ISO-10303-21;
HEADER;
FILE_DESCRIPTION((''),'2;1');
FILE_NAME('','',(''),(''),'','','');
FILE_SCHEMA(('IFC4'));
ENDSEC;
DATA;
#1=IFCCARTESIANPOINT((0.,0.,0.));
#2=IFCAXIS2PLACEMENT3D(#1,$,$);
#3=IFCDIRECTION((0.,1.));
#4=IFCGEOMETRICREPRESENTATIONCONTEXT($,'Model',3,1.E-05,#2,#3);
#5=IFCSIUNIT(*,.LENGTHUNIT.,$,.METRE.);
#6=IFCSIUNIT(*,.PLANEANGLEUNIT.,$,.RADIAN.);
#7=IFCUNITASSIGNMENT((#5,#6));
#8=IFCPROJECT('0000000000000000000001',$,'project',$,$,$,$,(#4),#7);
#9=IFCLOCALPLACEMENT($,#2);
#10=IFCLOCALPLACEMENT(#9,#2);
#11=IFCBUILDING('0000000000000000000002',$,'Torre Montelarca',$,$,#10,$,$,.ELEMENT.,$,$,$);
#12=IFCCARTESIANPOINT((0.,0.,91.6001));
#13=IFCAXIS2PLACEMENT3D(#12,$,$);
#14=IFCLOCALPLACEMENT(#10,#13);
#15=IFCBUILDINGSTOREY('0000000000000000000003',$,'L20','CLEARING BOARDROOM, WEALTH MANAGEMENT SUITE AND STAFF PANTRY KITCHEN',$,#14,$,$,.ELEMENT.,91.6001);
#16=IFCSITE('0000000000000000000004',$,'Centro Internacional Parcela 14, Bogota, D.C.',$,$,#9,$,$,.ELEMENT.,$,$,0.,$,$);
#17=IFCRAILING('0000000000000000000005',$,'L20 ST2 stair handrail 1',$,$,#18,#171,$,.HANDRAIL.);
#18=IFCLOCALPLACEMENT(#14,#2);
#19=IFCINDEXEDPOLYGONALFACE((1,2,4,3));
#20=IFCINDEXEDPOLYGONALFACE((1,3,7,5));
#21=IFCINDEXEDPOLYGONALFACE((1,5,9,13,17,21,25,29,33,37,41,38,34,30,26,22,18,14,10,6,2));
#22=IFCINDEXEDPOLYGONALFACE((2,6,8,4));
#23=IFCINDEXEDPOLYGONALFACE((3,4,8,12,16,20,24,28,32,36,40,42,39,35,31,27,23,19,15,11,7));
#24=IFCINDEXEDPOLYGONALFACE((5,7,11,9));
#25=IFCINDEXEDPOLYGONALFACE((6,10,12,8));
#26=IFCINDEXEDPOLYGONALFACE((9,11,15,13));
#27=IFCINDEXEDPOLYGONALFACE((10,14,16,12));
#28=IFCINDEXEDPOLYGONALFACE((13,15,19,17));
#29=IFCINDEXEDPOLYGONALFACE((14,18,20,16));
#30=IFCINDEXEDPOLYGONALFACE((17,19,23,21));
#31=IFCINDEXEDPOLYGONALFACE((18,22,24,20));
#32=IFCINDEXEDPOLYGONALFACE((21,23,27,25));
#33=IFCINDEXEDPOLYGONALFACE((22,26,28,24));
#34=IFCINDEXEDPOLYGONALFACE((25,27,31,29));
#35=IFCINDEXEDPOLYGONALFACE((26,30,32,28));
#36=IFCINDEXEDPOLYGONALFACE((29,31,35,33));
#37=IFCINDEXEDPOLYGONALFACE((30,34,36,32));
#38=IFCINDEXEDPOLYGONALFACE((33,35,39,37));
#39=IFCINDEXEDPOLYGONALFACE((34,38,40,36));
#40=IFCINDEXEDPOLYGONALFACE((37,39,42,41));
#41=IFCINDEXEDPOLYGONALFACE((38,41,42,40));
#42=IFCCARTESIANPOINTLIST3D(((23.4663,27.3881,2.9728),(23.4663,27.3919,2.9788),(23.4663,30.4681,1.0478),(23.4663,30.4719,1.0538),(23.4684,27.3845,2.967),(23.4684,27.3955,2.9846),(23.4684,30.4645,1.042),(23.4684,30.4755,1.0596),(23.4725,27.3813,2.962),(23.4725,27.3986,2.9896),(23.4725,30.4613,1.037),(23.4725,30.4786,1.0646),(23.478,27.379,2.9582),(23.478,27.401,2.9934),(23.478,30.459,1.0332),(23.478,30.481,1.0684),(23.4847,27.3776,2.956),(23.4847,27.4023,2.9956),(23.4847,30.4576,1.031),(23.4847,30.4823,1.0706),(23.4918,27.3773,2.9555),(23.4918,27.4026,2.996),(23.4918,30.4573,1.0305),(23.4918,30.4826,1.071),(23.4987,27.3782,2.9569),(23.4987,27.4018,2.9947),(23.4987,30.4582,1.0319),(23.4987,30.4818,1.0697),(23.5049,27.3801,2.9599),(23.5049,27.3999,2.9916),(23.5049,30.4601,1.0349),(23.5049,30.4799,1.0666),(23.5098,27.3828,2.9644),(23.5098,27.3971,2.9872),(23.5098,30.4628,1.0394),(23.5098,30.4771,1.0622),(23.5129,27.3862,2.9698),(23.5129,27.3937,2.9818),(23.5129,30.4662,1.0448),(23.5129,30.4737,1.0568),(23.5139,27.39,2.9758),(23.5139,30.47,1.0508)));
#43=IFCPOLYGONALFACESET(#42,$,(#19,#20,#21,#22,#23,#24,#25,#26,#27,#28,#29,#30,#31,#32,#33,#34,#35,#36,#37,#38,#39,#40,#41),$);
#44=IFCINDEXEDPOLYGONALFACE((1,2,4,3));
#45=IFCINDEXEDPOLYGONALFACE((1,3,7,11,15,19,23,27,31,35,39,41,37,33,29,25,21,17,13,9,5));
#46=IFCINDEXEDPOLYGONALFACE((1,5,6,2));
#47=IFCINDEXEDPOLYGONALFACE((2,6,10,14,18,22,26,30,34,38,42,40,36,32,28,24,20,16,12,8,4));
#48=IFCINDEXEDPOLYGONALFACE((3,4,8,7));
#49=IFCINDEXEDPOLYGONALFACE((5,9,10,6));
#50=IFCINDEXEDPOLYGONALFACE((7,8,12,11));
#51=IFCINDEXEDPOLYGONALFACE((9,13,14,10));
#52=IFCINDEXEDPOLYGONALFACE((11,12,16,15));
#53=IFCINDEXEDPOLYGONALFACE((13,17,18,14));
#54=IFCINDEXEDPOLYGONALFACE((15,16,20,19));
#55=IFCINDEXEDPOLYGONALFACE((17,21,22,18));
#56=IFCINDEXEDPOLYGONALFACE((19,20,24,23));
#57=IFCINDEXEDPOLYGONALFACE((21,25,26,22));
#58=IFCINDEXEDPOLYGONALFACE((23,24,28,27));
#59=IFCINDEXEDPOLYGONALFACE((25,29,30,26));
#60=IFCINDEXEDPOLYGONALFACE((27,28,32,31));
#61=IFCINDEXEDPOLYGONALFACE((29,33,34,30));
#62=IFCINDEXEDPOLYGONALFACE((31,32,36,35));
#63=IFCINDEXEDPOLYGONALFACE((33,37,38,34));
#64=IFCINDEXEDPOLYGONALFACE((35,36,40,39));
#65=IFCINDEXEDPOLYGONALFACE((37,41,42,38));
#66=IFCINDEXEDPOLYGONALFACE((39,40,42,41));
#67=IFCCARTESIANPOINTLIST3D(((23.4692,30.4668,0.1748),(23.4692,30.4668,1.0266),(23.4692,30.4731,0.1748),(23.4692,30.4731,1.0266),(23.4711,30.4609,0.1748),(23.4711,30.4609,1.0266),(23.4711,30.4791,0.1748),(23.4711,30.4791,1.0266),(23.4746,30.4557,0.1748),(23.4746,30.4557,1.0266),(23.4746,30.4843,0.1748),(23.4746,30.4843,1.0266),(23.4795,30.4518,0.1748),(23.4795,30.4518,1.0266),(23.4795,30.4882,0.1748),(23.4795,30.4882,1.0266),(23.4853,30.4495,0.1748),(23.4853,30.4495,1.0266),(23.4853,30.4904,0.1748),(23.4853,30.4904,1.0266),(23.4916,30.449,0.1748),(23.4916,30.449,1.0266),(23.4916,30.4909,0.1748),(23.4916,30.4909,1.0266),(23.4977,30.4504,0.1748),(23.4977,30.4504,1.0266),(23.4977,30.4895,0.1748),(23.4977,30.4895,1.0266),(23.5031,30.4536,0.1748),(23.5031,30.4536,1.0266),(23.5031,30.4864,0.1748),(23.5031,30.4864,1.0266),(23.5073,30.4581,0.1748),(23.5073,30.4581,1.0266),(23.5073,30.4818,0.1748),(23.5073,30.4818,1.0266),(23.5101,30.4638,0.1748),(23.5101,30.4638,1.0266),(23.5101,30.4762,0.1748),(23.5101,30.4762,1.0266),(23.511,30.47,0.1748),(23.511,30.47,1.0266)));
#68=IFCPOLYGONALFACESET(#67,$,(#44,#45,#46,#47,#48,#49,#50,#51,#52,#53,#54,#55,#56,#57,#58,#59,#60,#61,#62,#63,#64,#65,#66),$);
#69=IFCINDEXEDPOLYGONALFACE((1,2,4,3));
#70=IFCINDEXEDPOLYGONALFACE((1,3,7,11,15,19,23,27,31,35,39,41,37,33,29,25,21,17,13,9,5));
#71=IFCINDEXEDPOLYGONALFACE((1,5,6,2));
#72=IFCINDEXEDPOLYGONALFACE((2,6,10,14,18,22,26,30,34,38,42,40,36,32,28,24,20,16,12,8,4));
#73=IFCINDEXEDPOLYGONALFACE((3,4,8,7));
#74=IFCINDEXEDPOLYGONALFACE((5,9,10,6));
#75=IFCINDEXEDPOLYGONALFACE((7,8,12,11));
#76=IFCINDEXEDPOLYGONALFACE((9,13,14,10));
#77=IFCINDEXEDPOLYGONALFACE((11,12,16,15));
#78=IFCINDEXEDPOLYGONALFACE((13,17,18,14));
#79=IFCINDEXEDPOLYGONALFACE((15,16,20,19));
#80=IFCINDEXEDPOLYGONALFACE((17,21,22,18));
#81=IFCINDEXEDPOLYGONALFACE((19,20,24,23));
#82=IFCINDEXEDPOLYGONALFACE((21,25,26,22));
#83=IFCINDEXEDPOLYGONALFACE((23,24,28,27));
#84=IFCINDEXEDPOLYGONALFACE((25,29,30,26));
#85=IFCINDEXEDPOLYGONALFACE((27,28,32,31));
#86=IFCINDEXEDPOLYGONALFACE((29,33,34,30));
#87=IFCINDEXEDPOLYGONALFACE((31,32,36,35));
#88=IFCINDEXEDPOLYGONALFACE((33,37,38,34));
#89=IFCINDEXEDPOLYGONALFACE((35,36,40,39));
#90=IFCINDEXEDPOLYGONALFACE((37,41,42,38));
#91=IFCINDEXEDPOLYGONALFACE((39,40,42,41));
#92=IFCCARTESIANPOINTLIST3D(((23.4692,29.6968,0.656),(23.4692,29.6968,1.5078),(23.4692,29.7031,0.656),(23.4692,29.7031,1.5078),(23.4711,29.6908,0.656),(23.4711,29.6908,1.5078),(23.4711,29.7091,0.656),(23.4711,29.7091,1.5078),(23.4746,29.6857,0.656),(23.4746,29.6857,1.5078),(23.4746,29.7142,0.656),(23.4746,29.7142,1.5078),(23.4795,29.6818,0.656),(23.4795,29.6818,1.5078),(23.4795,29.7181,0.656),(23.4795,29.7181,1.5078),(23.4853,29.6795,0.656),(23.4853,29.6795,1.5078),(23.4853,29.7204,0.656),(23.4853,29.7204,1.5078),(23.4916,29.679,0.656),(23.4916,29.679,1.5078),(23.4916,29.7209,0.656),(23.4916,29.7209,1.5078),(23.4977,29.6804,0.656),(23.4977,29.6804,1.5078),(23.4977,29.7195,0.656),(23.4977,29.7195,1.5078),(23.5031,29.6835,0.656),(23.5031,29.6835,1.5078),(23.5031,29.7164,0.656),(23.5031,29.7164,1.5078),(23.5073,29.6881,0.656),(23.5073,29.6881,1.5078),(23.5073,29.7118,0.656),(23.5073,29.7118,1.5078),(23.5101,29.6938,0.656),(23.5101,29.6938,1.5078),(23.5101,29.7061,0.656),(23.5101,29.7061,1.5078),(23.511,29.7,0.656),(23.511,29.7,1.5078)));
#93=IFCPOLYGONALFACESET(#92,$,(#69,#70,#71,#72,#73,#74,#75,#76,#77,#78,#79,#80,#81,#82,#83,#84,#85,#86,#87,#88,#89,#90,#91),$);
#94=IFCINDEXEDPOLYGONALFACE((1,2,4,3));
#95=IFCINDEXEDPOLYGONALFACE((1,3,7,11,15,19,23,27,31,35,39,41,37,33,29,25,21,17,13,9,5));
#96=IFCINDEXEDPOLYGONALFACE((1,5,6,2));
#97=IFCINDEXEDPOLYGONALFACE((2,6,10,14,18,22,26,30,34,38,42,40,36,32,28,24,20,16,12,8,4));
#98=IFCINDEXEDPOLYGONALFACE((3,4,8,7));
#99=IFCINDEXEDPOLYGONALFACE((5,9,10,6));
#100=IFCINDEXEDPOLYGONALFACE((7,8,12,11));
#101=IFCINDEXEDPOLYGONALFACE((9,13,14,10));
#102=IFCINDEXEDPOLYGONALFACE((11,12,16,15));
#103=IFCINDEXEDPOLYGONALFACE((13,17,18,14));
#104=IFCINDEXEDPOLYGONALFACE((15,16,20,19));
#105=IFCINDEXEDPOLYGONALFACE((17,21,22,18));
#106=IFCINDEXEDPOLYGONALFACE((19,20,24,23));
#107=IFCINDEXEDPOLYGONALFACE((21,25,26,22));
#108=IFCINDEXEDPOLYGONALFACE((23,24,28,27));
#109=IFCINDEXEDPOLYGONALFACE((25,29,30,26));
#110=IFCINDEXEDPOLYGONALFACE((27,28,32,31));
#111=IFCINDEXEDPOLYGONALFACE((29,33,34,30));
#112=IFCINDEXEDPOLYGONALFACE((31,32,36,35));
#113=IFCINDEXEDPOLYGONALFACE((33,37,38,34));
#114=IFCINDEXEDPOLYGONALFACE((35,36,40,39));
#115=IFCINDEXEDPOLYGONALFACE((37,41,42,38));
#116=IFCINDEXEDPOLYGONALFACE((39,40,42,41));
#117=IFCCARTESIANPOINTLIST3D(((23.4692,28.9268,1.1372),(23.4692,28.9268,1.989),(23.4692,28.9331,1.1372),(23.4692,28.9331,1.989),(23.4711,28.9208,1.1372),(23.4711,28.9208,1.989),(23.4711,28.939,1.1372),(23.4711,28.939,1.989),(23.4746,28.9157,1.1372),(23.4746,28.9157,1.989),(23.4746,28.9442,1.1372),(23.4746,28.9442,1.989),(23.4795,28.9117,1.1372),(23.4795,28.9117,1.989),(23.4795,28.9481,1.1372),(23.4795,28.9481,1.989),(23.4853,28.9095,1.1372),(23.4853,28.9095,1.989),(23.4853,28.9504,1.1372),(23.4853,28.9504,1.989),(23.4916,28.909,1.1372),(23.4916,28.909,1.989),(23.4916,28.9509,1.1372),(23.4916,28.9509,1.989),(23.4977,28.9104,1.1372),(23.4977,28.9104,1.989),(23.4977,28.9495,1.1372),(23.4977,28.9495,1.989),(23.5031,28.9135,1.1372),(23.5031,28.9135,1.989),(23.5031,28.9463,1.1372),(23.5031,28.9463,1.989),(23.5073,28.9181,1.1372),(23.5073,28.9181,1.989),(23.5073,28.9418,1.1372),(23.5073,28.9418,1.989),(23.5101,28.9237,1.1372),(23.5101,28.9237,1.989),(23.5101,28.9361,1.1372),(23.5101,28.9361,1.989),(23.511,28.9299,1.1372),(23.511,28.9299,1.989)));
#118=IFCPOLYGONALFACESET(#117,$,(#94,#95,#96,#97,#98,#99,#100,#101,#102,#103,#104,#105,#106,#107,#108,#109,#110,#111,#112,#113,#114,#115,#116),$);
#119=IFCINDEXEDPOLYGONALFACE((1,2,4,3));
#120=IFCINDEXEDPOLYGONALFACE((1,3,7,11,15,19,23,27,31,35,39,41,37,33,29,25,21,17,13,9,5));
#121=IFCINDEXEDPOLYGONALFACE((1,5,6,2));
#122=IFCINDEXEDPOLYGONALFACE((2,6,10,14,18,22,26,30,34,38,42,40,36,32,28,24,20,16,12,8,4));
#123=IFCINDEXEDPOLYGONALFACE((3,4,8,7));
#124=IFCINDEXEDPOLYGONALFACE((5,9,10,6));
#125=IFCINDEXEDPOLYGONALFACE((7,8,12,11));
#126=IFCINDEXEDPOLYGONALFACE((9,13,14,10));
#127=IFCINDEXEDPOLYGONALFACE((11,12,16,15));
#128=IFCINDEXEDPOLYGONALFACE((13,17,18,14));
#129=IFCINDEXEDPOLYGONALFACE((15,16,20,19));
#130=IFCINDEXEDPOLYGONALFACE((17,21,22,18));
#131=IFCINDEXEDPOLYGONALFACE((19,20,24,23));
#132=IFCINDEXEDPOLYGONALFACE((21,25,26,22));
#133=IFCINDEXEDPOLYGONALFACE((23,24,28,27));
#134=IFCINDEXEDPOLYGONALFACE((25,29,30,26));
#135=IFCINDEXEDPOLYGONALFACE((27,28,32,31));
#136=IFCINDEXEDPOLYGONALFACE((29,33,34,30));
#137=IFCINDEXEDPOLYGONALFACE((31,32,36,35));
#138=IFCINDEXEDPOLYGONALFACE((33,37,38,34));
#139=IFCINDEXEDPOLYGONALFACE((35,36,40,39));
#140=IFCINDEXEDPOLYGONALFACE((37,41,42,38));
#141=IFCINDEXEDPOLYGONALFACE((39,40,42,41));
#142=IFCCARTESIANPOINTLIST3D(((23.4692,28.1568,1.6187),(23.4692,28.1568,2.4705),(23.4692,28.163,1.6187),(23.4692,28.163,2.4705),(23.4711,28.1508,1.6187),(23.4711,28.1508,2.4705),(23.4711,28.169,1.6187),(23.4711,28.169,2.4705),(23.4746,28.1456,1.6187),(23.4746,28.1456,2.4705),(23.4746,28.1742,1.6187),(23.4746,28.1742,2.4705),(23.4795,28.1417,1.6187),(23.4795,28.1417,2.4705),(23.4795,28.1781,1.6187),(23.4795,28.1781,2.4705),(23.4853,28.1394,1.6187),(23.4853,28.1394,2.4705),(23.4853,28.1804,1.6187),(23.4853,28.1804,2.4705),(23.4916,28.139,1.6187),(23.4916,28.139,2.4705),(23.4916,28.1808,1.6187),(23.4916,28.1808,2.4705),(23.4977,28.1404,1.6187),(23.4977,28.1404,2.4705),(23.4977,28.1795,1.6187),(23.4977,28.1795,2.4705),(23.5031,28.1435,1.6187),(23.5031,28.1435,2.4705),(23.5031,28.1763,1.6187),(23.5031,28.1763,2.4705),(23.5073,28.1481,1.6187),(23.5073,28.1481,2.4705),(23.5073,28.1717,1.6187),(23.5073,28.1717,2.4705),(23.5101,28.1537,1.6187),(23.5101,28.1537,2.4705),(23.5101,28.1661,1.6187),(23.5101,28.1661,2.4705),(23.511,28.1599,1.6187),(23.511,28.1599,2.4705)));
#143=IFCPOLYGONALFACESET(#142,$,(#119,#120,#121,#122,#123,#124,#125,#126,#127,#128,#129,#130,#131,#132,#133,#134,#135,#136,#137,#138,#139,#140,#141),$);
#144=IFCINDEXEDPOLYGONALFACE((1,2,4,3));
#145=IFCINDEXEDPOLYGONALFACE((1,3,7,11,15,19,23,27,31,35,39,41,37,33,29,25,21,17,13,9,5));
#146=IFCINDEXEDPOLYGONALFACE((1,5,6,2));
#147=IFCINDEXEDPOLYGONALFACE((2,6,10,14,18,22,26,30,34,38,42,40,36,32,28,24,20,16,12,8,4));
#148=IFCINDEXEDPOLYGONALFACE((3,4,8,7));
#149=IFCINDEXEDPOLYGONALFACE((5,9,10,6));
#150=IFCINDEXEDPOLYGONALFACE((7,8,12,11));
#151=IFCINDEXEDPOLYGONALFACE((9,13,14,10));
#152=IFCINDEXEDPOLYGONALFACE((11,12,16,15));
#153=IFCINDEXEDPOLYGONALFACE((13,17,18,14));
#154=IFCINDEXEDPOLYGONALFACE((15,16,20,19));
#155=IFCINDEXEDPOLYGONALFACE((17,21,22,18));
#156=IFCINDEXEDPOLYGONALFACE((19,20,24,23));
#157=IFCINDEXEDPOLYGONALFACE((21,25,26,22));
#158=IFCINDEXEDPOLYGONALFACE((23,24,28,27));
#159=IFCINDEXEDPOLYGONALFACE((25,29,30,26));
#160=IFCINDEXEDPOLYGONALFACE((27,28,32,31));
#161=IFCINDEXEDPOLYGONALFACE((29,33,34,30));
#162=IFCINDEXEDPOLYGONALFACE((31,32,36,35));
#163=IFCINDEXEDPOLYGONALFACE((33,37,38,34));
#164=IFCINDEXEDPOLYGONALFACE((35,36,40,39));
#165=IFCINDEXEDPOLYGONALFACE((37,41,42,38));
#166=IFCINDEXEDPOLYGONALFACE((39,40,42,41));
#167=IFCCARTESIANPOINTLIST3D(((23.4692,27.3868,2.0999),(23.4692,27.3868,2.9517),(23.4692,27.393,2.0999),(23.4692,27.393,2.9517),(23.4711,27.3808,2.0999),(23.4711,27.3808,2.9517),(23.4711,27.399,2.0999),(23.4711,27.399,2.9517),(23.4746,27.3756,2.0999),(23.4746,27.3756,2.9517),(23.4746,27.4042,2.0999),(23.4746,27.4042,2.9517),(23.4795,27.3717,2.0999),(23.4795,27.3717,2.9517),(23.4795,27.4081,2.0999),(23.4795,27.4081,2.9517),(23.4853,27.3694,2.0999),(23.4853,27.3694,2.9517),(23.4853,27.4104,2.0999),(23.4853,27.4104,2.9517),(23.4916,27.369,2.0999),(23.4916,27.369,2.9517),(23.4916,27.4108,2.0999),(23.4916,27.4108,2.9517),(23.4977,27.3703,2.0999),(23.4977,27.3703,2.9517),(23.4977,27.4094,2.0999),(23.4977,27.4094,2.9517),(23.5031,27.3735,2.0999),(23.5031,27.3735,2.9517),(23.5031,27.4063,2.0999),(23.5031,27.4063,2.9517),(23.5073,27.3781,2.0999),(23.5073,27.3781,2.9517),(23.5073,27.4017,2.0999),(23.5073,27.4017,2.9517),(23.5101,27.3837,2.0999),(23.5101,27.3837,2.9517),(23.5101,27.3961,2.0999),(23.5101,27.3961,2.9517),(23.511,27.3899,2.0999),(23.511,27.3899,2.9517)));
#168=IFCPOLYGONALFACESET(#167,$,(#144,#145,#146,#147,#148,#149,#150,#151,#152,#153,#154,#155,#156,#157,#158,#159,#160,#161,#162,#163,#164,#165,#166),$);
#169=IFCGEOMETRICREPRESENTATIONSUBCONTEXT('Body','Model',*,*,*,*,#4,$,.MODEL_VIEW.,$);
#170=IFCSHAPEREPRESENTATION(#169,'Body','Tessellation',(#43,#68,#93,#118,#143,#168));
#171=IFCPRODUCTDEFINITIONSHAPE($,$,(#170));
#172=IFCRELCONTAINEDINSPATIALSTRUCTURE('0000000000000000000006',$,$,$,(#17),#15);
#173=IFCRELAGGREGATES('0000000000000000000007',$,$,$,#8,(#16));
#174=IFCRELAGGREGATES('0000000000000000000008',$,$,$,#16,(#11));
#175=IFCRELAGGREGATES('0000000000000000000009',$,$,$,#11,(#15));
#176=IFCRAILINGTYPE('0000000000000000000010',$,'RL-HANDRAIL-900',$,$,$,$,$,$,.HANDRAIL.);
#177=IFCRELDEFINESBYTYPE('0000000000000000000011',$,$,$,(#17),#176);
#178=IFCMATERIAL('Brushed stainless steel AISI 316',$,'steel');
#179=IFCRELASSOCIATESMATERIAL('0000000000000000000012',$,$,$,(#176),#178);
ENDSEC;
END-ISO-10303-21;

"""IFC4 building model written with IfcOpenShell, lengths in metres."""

from ifc_helpers import new_model, si_unit, direction, frame, origin, origin_2d, place, context, subcontext, project, spatial, circle, extrude, material, type_object, element, save


model = new_model("IFC4")

# Units and contexts
model_context = context("Model", 3, precision=1e-05, world=origin(), true_north=direction((0.0, 1.0)))
body_context = subcontext(model_context, "Body", "Model", "MODEL_VIEW")
ifc_project = project(units=[si_unit("LENGTHUNIT", "METRE"), si_unit("PLANEANGLEUNIT", "RADIAN")], contexts=[model_context])

# Site, building, storey
site_placement = place(None, origin())
site = spatial("IfcSite", under=ifc_project, at=site_placement, Name="Centro Internacional Parcela 14, Bogota, D.C.", CompositionType="ELEMENT", RefElevation=0.0)
building_placement = place(site_placement, origin())
building = spatial("IfcBuilding", under=site, at=building_placement, Name="Torre Montelarca", CompositionType="ELEMENT")
storey_placement = place(building_placement, frame((0.0, 0.0, 91.6001)))
storey = spatial("IfcBuildingStorey", under=building, at=storey_placement, Name="L20", Description="CLEARING BOARDROOM, WEALTH MANAGEMENT SUITE AND STAFF PANTRY KITCHEN", CompositionType="ELEMENT", Elevation=91.6001)

# Shared definitions
ifc_material_1 = material(Name="Brushed stainless steel AISI 316", Category="steel")

# Railing
railing_type_1 = type_object("IfcRailingType", Name="RL-HANDRAIL-900", PredefinedType="HANDRAIL", material=ifc_material_1)
railing_1_placement = place(storey_placement, frame((23.49, 30.47, 0.1748)))
element("IfcRailing", 1, at=railing_1_placement, inside=storey, type_object=railing_type_1, Name="L20 ST2 stair handrail 1", PredefinedType="HANDRAIL", context=body_context, shape_type="SweptSolid", body=[
    extrude(circle(Radius=0.0239, at=origin_2d()), frame((0.0, 0.0, 0.876), z_axis=(0.0, -0.847998, 0.529999), x_axis=(1.0, 0.0, 0.0)), (0.0, 0.0, 1.0), 3.6321),
    extrude(circle(Radius=0.021, at=origin_2d()), origin(), (0.0, 0.0, 1.0), 0.8518),
    extrude(circle(Radius=0.021, at=origin_2d()), frame((0.0, -0.77, 0.4812)), (0.0, 0.0, 1.0), 0.8518),
    extrude(circle(Radius=0.021, at=origin_2d()), frame((0.0, -1.54, 0.9624)), (0.0, 0.0, 1.0), 0.8518),
    extrude(circle(Radius=0.021, at=origin_2d()), frame((0.0, -2.3101, 1.4438)), (0.0, 0.0, 1.0), 0.8518),
    extrude(circle(Radius=0.021, at=origin_2d()), frame((0.0, -3.0801, 1.925)), (0.0, 0.0, 1.0), 0.8518),
])

save(model, "model.ifc")
